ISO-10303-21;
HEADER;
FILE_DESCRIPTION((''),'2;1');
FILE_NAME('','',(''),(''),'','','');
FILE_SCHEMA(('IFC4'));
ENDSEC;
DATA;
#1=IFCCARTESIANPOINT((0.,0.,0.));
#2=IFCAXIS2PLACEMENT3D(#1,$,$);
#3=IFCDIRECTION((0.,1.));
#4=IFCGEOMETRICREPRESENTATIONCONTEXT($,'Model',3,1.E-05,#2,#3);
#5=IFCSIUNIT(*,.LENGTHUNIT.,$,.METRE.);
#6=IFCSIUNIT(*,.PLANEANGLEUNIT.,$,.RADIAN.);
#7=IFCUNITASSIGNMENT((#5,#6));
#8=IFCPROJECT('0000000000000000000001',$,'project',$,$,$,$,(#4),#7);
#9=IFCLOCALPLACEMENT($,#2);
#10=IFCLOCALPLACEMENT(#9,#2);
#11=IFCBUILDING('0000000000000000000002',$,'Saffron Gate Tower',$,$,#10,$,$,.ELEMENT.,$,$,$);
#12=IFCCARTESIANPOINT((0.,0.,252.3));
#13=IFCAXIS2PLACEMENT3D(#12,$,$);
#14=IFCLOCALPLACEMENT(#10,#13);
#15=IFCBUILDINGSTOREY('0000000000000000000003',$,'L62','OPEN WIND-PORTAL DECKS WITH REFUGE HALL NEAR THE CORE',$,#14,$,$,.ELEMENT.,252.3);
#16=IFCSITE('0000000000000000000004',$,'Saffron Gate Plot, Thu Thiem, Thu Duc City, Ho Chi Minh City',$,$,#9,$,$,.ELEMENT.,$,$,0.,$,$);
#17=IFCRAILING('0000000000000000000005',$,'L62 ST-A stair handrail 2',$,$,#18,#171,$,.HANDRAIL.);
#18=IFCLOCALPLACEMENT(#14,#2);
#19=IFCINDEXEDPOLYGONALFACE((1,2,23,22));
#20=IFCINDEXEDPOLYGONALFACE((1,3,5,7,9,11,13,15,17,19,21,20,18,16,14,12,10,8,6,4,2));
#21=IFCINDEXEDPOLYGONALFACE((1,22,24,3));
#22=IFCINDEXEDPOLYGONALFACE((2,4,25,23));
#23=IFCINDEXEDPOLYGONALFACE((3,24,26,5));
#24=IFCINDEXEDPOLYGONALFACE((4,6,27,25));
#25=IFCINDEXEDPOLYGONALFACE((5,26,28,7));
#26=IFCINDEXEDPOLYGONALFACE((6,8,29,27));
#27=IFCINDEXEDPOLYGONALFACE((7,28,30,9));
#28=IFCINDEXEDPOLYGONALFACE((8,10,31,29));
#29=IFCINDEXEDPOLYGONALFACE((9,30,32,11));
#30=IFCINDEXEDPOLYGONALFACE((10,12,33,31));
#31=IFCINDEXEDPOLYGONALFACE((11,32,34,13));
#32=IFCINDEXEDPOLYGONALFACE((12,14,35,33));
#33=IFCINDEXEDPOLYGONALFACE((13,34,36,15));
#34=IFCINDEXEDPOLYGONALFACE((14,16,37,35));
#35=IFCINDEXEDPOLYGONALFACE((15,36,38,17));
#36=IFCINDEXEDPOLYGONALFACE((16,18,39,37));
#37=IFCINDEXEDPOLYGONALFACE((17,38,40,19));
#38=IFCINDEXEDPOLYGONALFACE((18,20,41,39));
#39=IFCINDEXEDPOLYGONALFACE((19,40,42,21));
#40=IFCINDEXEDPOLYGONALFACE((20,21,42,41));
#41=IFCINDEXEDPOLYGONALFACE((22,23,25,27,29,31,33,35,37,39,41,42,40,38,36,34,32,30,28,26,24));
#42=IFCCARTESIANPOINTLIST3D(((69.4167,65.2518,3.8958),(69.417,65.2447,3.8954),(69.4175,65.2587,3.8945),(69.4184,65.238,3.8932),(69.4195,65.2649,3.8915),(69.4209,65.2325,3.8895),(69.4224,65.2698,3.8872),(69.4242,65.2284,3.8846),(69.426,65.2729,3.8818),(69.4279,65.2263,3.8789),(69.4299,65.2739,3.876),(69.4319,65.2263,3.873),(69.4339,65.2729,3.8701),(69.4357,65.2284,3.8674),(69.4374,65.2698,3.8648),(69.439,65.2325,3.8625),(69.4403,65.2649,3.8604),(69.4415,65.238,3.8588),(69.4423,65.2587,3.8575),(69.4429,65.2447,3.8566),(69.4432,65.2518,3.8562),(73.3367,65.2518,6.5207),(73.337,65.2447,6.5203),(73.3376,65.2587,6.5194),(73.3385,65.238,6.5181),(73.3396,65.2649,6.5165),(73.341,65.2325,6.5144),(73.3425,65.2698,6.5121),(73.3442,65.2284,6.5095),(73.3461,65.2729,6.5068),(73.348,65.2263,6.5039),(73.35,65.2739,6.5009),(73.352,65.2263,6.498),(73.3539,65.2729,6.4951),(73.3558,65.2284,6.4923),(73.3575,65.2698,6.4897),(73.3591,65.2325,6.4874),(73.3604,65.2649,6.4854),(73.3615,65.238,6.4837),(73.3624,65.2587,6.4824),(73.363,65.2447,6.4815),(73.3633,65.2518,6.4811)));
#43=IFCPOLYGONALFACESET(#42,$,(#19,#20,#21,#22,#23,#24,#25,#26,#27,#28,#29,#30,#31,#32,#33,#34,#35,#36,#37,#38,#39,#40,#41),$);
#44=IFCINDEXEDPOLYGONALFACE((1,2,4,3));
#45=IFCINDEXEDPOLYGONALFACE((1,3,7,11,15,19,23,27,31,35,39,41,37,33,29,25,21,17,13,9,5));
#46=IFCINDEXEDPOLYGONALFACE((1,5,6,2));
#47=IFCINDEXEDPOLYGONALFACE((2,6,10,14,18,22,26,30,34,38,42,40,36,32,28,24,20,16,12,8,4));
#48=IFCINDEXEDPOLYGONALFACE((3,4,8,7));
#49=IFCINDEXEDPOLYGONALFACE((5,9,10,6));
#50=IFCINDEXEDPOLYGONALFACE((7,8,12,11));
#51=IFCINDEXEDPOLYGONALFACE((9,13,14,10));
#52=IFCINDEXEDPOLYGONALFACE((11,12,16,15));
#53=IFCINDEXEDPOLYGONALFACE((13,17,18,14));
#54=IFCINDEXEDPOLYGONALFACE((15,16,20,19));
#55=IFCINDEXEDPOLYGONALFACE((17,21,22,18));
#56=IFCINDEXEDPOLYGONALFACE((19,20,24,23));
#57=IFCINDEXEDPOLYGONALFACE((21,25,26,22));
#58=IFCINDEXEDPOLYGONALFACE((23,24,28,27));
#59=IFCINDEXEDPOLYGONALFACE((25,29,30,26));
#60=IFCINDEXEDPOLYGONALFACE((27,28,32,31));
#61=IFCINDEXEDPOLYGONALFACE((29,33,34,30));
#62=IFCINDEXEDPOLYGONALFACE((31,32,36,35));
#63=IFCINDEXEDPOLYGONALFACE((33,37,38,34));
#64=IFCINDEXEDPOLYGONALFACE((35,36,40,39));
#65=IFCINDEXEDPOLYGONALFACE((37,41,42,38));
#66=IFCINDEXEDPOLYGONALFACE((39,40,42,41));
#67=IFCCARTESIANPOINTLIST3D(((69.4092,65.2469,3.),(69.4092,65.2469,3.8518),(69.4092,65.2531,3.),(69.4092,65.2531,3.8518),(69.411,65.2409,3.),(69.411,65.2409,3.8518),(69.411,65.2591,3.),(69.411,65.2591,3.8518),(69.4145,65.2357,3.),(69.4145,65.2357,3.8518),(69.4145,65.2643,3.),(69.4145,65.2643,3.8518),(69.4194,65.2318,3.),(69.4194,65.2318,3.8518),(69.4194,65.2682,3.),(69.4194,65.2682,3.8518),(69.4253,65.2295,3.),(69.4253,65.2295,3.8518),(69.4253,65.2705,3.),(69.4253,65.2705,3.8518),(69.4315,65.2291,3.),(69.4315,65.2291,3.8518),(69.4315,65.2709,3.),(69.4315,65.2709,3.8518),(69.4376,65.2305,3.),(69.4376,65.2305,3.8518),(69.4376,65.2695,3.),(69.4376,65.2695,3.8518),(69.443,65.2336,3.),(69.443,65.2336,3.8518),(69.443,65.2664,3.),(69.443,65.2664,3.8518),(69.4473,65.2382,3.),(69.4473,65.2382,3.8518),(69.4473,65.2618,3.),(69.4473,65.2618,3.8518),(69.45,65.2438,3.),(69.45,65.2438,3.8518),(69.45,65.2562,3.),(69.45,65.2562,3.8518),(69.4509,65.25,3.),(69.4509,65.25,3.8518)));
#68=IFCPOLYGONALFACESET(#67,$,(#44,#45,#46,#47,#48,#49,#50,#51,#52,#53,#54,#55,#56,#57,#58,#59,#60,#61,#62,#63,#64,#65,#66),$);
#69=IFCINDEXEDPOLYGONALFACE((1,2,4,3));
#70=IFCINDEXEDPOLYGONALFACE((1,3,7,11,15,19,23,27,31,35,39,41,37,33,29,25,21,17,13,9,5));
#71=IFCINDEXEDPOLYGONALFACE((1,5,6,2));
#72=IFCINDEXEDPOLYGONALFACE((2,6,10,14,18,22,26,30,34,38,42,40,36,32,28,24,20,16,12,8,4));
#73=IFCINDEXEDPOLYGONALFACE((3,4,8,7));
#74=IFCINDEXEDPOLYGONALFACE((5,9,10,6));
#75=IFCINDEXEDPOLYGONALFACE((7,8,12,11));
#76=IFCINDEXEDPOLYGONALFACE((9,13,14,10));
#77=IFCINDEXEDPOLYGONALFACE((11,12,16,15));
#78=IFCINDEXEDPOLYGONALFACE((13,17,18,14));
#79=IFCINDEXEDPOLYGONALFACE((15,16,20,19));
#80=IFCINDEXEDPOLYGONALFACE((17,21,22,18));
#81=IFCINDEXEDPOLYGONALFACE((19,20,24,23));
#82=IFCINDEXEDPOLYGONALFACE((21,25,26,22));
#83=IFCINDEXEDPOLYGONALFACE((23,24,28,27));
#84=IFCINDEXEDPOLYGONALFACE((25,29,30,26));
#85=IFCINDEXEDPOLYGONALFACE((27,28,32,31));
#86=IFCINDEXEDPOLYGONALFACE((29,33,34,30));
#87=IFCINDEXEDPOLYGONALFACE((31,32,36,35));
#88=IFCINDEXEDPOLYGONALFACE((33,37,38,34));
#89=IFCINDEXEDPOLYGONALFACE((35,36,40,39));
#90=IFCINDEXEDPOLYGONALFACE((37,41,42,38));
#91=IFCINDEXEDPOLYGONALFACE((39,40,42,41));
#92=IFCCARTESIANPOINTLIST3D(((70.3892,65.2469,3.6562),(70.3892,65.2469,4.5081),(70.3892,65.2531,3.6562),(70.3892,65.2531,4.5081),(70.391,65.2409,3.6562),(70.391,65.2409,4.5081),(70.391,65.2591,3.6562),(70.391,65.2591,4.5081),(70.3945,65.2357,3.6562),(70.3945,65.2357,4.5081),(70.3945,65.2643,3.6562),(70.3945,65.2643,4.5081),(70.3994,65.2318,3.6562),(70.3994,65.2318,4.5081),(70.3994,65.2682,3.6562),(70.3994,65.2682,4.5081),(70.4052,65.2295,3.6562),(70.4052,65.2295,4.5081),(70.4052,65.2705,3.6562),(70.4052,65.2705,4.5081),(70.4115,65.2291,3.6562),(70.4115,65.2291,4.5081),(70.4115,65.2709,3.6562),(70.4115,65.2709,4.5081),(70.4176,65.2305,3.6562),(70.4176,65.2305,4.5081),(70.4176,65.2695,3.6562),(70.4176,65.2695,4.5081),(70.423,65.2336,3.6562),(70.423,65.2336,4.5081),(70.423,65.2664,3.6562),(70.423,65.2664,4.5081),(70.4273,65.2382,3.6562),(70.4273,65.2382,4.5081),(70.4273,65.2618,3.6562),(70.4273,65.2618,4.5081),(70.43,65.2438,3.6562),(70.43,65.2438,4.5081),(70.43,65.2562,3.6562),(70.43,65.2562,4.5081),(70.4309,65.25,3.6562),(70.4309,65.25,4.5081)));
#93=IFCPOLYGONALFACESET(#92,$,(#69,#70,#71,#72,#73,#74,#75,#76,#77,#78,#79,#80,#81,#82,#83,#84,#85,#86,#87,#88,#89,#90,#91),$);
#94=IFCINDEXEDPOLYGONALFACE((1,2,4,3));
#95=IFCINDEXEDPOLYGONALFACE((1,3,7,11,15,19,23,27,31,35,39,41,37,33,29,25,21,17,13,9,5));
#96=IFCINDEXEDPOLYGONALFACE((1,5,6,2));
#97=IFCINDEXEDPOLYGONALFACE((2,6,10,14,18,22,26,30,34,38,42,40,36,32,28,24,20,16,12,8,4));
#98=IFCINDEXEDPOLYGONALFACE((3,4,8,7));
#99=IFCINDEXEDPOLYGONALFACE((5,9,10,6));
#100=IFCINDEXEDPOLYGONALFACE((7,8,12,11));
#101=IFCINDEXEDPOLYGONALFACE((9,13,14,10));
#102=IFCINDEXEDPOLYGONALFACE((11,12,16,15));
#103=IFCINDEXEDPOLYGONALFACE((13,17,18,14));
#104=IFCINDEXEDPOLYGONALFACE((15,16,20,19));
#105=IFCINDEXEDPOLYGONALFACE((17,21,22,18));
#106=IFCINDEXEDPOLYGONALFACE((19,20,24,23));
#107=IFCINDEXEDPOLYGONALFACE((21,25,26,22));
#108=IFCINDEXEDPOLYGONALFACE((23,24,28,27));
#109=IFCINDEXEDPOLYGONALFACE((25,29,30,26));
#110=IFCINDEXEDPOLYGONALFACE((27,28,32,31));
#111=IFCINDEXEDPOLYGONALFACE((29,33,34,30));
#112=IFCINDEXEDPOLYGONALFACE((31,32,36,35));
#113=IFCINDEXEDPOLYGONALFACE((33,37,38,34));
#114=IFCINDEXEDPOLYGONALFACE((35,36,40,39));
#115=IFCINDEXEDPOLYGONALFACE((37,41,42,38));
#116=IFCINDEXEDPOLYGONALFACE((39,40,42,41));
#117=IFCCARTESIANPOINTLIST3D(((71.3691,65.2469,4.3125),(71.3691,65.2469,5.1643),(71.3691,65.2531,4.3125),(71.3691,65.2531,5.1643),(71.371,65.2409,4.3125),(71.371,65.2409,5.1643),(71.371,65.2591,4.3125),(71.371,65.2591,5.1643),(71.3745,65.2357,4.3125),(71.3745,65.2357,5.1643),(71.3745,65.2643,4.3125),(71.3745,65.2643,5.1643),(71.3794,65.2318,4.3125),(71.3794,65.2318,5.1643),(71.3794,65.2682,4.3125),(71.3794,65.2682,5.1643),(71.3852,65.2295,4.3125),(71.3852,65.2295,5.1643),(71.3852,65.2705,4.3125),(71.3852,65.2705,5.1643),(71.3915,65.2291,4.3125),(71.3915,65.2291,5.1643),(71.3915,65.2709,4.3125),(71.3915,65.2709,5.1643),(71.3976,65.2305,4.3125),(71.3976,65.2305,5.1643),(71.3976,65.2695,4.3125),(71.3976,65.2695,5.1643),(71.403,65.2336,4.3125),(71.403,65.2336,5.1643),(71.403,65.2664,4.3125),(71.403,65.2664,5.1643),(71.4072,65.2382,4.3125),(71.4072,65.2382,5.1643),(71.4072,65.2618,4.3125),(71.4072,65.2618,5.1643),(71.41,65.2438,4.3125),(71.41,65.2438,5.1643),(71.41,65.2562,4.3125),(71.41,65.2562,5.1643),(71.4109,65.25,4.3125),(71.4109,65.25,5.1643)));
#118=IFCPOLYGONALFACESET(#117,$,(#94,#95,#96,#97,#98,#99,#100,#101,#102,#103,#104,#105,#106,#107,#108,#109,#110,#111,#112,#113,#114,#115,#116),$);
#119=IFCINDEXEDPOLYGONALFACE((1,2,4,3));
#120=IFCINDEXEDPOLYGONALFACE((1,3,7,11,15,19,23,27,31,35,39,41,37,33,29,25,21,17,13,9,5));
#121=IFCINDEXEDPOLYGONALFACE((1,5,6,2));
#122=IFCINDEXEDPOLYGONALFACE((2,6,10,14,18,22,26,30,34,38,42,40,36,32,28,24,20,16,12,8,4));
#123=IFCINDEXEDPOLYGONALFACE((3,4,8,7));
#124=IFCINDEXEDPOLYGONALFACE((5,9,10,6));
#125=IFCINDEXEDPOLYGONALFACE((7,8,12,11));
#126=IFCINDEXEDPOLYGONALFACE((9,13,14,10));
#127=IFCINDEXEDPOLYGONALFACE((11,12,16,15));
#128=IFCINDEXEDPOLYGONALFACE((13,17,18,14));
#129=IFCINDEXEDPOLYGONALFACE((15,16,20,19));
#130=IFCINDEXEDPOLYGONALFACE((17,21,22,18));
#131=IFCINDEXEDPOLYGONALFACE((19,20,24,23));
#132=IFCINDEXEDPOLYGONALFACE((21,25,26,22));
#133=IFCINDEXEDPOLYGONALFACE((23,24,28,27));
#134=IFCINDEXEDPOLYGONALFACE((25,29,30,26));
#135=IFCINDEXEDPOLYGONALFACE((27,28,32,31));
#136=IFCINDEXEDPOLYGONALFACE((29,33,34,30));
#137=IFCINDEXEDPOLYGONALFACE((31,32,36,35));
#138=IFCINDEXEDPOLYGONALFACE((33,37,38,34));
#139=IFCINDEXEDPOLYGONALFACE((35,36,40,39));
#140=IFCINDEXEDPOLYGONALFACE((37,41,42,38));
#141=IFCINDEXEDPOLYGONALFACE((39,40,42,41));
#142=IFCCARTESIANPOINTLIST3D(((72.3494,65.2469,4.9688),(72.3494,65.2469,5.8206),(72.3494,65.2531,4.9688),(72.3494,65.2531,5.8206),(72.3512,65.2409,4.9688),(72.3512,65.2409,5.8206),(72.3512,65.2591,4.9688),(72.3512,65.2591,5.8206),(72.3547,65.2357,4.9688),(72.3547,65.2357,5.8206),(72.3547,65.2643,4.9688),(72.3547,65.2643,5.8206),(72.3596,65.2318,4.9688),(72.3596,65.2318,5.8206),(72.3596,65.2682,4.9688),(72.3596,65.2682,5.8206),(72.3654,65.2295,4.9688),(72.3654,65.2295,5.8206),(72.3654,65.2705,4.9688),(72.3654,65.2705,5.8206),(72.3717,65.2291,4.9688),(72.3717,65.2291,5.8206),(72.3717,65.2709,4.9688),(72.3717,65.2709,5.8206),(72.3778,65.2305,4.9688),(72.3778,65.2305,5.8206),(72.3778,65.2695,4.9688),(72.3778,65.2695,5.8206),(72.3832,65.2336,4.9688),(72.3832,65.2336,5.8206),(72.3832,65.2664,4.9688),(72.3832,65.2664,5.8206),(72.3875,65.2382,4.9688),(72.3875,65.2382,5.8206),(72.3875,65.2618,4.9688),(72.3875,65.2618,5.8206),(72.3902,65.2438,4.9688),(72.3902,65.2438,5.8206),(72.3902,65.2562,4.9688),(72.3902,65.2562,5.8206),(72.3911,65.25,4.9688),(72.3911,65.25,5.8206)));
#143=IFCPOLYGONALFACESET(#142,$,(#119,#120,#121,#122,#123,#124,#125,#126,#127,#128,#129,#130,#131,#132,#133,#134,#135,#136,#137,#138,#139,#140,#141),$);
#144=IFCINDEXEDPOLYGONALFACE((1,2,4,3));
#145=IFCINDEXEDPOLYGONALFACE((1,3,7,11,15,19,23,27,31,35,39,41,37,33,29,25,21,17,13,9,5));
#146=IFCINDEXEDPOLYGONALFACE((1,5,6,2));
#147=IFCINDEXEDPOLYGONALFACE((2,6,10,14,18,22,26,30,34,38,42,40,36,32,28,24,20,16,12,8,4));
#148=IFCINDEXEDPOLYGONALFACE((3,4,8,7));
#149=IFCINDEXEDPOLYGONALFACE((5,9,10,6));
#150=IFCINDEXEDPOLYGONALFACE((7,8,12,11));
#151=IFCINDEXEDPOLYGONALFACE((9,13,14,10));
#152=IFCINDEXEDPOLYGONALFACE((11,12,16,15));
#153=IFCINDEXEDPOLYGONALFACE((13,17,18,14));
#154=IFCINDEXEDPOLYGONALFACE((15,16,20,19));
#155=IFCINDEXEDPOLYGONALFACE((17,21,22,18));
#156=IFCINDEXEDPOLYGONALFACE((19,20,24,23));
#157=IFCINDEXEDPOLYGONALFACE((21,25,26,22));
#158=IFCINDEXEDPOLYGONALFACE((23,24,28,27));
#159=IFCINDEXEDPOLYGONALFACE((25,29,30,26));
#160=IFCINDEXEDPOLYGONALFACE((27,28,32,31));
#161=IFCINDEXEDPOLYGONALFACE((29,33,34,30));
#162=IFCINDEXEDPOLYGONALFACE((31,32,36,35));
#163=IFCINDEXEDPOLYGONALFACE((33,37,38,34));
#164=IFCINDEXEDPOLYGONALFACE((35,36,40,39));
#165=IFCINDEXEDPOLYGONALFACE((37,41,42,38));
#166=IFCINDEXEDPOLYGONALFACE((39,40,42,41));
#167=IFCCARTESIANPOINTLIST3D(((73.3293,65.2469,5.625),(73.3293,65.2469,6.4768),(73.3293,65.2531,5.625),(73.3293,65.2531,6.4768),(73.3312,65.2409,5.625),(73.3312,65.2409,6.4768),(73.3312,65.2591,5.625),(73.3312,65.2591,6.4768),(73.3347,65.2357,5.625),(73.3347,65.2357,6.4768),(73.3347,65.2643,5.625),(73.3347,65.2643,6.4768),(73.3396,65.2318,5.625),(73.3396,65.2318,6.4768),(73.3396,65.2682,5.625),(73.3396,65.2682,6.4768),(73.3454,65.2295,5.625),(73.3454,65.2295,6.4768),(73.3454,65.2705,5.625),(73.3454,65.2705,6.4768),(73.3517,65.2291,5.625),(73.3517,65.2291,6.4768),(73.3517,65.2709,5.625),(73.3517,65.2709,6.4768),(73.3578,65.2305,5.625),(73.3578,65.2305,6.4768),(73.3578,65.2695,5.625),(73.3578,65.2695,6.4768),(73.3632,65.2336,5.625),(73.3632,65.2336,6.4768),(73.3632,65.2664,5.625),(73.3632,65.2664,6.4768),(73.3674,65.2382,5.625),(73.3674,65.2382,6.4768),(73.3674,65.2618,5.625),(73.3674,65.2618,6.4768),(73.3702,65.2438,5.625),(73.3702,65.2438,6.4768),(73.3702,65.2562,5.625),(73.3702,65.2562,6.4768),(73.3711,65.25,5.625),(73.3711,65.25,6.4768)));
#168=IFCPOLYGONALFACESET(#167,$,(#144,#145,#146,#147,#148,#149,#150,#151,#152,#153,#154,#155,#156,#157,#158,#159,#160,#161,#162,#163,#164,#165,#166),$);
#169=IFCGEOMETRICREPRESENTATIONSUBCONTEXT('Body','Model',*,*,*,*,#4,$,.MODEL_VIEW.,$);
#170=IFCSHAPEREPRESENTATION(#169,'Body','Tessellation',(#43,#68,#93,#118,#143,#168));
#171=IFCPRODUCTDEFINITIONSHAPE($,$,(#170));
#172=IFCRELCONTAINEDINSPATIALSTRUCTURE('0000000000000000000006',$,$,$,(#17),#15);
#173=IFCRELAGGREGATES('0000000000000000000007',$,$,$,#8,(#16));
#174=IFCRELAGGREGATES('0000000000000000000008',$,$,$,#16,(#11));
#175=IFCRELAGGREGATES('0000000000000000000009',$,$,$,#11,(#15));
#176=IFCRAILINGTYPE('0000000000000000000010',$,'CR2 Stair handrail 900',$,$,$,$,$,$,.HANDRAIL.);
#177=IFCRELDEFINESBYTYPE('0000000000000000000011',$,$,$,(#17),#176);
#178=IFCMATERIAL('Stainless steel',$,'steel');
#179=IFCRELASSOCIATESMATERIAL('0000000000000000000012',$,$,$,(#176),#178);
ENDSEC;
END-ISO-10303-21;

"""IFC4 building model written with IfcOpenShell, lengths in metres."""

from ifc_helpers import new_model, si_unit, direction, frame, origin, origin_2d, place, context, subcontext, project, spatial, circle, extrude, material, type_object, element, save


model = new_model("IFC4")

# Units and contexts
model_context = context("Model", 3, precision=1e-05, world=origin(), true_north=direction((0.0, 1.0)))
body_context = subcontext(model_context, "Body", "Model", "MODEL_VIEW")
ifc_project = project(units=[si_unit("LENGTHUNIT", "METRE"), si_unit("PLANEANGLEUNIT", "RADIAN")], contexts=[model_context])

# Site, building, storey
site_placement = place(None, origin())
site = spatial("IfcSite", under=ifc_project, at=site_placement, Name="Saffron Gate Plot, Thu Thiem, Thu Duc City, Ho Chi Minh City", CompositionType="ELEMENT", RefElevation=0.0)
building_placement = place(site_placement, origin())
building = spatial("IfcBuilding", under=site, at=building_placement, Name="Saffron Gate Tower", CompositionType="ELEMENT")
storey_placement = place(building_placement, frame((0.0, 0.0, 252.3)))
storey = spatial("IfcBuildingStorey", under=building, at=storey_placement, Name="L62", Description="OPEN WIND-PORTAL DECKS WITH REFUGE HALL NEAR THE CORE", CompositionType="ELEMENT", Elevation=252.3)

# Railing
ifc_material_1 = material(Name="Stainless steel", Category="steel")
railing_type_1 = type_object("IfcRailingType", Name="CR2 Stair handrail 900", PredefinedType="HANDRAIL", material=ifc_material_1)
for number, where, name in (
    (1, (69.4299, 65.25, 3.0), "L62 ST-A stair handrail 2"),
):
    element("IfcRailing", number, at=place(storey_placement, frame(where)), inside=storey, type_object=railing_type_1, Name=name, PredefinedType="HANDRAIL", context=body_context, shape_type="SweptSolid", body=[
        extrude(circle(Radius=0.0239, at=origin_2d()), frame((0.0, 0.0, 0.876), z_axis=(0.830918, 0.0, 0.556395), x_axis=(0.0, 1.0, 0.0)), (0.0, 0.0, 1.0), 4.7178),
        extrude(circle(Radius=0.021, at=origin_2d()), origin(), (0.0, 0.0, 1.0), 0.8518),
        extrude(circle(Radius=0.021, at=origin_2d()), frame((0.98, 0.0, 0.6562)), (0.0, 0.0, 1.0), 0.8518),
        extrude(circle(Radius=0.021, at=origin_2d()), frame((1.96, 0.0, 1.3125)), (0.0, 0.0, 1.0), 0.8518),
        extrude(circle(Radius=0.021, at=origin_2d()), frame((2.9402, 0.0, 1.9688)), (0.0, 0.0, 1.0), 0.8518),
        extrude(circle(Radius=0.021, at=origin_2d()), frame((3.9202, 0.0, 2.625)), (0.0, 0.0, 1.0), 0.8518),
    ])

save(model, "model.ifc")
